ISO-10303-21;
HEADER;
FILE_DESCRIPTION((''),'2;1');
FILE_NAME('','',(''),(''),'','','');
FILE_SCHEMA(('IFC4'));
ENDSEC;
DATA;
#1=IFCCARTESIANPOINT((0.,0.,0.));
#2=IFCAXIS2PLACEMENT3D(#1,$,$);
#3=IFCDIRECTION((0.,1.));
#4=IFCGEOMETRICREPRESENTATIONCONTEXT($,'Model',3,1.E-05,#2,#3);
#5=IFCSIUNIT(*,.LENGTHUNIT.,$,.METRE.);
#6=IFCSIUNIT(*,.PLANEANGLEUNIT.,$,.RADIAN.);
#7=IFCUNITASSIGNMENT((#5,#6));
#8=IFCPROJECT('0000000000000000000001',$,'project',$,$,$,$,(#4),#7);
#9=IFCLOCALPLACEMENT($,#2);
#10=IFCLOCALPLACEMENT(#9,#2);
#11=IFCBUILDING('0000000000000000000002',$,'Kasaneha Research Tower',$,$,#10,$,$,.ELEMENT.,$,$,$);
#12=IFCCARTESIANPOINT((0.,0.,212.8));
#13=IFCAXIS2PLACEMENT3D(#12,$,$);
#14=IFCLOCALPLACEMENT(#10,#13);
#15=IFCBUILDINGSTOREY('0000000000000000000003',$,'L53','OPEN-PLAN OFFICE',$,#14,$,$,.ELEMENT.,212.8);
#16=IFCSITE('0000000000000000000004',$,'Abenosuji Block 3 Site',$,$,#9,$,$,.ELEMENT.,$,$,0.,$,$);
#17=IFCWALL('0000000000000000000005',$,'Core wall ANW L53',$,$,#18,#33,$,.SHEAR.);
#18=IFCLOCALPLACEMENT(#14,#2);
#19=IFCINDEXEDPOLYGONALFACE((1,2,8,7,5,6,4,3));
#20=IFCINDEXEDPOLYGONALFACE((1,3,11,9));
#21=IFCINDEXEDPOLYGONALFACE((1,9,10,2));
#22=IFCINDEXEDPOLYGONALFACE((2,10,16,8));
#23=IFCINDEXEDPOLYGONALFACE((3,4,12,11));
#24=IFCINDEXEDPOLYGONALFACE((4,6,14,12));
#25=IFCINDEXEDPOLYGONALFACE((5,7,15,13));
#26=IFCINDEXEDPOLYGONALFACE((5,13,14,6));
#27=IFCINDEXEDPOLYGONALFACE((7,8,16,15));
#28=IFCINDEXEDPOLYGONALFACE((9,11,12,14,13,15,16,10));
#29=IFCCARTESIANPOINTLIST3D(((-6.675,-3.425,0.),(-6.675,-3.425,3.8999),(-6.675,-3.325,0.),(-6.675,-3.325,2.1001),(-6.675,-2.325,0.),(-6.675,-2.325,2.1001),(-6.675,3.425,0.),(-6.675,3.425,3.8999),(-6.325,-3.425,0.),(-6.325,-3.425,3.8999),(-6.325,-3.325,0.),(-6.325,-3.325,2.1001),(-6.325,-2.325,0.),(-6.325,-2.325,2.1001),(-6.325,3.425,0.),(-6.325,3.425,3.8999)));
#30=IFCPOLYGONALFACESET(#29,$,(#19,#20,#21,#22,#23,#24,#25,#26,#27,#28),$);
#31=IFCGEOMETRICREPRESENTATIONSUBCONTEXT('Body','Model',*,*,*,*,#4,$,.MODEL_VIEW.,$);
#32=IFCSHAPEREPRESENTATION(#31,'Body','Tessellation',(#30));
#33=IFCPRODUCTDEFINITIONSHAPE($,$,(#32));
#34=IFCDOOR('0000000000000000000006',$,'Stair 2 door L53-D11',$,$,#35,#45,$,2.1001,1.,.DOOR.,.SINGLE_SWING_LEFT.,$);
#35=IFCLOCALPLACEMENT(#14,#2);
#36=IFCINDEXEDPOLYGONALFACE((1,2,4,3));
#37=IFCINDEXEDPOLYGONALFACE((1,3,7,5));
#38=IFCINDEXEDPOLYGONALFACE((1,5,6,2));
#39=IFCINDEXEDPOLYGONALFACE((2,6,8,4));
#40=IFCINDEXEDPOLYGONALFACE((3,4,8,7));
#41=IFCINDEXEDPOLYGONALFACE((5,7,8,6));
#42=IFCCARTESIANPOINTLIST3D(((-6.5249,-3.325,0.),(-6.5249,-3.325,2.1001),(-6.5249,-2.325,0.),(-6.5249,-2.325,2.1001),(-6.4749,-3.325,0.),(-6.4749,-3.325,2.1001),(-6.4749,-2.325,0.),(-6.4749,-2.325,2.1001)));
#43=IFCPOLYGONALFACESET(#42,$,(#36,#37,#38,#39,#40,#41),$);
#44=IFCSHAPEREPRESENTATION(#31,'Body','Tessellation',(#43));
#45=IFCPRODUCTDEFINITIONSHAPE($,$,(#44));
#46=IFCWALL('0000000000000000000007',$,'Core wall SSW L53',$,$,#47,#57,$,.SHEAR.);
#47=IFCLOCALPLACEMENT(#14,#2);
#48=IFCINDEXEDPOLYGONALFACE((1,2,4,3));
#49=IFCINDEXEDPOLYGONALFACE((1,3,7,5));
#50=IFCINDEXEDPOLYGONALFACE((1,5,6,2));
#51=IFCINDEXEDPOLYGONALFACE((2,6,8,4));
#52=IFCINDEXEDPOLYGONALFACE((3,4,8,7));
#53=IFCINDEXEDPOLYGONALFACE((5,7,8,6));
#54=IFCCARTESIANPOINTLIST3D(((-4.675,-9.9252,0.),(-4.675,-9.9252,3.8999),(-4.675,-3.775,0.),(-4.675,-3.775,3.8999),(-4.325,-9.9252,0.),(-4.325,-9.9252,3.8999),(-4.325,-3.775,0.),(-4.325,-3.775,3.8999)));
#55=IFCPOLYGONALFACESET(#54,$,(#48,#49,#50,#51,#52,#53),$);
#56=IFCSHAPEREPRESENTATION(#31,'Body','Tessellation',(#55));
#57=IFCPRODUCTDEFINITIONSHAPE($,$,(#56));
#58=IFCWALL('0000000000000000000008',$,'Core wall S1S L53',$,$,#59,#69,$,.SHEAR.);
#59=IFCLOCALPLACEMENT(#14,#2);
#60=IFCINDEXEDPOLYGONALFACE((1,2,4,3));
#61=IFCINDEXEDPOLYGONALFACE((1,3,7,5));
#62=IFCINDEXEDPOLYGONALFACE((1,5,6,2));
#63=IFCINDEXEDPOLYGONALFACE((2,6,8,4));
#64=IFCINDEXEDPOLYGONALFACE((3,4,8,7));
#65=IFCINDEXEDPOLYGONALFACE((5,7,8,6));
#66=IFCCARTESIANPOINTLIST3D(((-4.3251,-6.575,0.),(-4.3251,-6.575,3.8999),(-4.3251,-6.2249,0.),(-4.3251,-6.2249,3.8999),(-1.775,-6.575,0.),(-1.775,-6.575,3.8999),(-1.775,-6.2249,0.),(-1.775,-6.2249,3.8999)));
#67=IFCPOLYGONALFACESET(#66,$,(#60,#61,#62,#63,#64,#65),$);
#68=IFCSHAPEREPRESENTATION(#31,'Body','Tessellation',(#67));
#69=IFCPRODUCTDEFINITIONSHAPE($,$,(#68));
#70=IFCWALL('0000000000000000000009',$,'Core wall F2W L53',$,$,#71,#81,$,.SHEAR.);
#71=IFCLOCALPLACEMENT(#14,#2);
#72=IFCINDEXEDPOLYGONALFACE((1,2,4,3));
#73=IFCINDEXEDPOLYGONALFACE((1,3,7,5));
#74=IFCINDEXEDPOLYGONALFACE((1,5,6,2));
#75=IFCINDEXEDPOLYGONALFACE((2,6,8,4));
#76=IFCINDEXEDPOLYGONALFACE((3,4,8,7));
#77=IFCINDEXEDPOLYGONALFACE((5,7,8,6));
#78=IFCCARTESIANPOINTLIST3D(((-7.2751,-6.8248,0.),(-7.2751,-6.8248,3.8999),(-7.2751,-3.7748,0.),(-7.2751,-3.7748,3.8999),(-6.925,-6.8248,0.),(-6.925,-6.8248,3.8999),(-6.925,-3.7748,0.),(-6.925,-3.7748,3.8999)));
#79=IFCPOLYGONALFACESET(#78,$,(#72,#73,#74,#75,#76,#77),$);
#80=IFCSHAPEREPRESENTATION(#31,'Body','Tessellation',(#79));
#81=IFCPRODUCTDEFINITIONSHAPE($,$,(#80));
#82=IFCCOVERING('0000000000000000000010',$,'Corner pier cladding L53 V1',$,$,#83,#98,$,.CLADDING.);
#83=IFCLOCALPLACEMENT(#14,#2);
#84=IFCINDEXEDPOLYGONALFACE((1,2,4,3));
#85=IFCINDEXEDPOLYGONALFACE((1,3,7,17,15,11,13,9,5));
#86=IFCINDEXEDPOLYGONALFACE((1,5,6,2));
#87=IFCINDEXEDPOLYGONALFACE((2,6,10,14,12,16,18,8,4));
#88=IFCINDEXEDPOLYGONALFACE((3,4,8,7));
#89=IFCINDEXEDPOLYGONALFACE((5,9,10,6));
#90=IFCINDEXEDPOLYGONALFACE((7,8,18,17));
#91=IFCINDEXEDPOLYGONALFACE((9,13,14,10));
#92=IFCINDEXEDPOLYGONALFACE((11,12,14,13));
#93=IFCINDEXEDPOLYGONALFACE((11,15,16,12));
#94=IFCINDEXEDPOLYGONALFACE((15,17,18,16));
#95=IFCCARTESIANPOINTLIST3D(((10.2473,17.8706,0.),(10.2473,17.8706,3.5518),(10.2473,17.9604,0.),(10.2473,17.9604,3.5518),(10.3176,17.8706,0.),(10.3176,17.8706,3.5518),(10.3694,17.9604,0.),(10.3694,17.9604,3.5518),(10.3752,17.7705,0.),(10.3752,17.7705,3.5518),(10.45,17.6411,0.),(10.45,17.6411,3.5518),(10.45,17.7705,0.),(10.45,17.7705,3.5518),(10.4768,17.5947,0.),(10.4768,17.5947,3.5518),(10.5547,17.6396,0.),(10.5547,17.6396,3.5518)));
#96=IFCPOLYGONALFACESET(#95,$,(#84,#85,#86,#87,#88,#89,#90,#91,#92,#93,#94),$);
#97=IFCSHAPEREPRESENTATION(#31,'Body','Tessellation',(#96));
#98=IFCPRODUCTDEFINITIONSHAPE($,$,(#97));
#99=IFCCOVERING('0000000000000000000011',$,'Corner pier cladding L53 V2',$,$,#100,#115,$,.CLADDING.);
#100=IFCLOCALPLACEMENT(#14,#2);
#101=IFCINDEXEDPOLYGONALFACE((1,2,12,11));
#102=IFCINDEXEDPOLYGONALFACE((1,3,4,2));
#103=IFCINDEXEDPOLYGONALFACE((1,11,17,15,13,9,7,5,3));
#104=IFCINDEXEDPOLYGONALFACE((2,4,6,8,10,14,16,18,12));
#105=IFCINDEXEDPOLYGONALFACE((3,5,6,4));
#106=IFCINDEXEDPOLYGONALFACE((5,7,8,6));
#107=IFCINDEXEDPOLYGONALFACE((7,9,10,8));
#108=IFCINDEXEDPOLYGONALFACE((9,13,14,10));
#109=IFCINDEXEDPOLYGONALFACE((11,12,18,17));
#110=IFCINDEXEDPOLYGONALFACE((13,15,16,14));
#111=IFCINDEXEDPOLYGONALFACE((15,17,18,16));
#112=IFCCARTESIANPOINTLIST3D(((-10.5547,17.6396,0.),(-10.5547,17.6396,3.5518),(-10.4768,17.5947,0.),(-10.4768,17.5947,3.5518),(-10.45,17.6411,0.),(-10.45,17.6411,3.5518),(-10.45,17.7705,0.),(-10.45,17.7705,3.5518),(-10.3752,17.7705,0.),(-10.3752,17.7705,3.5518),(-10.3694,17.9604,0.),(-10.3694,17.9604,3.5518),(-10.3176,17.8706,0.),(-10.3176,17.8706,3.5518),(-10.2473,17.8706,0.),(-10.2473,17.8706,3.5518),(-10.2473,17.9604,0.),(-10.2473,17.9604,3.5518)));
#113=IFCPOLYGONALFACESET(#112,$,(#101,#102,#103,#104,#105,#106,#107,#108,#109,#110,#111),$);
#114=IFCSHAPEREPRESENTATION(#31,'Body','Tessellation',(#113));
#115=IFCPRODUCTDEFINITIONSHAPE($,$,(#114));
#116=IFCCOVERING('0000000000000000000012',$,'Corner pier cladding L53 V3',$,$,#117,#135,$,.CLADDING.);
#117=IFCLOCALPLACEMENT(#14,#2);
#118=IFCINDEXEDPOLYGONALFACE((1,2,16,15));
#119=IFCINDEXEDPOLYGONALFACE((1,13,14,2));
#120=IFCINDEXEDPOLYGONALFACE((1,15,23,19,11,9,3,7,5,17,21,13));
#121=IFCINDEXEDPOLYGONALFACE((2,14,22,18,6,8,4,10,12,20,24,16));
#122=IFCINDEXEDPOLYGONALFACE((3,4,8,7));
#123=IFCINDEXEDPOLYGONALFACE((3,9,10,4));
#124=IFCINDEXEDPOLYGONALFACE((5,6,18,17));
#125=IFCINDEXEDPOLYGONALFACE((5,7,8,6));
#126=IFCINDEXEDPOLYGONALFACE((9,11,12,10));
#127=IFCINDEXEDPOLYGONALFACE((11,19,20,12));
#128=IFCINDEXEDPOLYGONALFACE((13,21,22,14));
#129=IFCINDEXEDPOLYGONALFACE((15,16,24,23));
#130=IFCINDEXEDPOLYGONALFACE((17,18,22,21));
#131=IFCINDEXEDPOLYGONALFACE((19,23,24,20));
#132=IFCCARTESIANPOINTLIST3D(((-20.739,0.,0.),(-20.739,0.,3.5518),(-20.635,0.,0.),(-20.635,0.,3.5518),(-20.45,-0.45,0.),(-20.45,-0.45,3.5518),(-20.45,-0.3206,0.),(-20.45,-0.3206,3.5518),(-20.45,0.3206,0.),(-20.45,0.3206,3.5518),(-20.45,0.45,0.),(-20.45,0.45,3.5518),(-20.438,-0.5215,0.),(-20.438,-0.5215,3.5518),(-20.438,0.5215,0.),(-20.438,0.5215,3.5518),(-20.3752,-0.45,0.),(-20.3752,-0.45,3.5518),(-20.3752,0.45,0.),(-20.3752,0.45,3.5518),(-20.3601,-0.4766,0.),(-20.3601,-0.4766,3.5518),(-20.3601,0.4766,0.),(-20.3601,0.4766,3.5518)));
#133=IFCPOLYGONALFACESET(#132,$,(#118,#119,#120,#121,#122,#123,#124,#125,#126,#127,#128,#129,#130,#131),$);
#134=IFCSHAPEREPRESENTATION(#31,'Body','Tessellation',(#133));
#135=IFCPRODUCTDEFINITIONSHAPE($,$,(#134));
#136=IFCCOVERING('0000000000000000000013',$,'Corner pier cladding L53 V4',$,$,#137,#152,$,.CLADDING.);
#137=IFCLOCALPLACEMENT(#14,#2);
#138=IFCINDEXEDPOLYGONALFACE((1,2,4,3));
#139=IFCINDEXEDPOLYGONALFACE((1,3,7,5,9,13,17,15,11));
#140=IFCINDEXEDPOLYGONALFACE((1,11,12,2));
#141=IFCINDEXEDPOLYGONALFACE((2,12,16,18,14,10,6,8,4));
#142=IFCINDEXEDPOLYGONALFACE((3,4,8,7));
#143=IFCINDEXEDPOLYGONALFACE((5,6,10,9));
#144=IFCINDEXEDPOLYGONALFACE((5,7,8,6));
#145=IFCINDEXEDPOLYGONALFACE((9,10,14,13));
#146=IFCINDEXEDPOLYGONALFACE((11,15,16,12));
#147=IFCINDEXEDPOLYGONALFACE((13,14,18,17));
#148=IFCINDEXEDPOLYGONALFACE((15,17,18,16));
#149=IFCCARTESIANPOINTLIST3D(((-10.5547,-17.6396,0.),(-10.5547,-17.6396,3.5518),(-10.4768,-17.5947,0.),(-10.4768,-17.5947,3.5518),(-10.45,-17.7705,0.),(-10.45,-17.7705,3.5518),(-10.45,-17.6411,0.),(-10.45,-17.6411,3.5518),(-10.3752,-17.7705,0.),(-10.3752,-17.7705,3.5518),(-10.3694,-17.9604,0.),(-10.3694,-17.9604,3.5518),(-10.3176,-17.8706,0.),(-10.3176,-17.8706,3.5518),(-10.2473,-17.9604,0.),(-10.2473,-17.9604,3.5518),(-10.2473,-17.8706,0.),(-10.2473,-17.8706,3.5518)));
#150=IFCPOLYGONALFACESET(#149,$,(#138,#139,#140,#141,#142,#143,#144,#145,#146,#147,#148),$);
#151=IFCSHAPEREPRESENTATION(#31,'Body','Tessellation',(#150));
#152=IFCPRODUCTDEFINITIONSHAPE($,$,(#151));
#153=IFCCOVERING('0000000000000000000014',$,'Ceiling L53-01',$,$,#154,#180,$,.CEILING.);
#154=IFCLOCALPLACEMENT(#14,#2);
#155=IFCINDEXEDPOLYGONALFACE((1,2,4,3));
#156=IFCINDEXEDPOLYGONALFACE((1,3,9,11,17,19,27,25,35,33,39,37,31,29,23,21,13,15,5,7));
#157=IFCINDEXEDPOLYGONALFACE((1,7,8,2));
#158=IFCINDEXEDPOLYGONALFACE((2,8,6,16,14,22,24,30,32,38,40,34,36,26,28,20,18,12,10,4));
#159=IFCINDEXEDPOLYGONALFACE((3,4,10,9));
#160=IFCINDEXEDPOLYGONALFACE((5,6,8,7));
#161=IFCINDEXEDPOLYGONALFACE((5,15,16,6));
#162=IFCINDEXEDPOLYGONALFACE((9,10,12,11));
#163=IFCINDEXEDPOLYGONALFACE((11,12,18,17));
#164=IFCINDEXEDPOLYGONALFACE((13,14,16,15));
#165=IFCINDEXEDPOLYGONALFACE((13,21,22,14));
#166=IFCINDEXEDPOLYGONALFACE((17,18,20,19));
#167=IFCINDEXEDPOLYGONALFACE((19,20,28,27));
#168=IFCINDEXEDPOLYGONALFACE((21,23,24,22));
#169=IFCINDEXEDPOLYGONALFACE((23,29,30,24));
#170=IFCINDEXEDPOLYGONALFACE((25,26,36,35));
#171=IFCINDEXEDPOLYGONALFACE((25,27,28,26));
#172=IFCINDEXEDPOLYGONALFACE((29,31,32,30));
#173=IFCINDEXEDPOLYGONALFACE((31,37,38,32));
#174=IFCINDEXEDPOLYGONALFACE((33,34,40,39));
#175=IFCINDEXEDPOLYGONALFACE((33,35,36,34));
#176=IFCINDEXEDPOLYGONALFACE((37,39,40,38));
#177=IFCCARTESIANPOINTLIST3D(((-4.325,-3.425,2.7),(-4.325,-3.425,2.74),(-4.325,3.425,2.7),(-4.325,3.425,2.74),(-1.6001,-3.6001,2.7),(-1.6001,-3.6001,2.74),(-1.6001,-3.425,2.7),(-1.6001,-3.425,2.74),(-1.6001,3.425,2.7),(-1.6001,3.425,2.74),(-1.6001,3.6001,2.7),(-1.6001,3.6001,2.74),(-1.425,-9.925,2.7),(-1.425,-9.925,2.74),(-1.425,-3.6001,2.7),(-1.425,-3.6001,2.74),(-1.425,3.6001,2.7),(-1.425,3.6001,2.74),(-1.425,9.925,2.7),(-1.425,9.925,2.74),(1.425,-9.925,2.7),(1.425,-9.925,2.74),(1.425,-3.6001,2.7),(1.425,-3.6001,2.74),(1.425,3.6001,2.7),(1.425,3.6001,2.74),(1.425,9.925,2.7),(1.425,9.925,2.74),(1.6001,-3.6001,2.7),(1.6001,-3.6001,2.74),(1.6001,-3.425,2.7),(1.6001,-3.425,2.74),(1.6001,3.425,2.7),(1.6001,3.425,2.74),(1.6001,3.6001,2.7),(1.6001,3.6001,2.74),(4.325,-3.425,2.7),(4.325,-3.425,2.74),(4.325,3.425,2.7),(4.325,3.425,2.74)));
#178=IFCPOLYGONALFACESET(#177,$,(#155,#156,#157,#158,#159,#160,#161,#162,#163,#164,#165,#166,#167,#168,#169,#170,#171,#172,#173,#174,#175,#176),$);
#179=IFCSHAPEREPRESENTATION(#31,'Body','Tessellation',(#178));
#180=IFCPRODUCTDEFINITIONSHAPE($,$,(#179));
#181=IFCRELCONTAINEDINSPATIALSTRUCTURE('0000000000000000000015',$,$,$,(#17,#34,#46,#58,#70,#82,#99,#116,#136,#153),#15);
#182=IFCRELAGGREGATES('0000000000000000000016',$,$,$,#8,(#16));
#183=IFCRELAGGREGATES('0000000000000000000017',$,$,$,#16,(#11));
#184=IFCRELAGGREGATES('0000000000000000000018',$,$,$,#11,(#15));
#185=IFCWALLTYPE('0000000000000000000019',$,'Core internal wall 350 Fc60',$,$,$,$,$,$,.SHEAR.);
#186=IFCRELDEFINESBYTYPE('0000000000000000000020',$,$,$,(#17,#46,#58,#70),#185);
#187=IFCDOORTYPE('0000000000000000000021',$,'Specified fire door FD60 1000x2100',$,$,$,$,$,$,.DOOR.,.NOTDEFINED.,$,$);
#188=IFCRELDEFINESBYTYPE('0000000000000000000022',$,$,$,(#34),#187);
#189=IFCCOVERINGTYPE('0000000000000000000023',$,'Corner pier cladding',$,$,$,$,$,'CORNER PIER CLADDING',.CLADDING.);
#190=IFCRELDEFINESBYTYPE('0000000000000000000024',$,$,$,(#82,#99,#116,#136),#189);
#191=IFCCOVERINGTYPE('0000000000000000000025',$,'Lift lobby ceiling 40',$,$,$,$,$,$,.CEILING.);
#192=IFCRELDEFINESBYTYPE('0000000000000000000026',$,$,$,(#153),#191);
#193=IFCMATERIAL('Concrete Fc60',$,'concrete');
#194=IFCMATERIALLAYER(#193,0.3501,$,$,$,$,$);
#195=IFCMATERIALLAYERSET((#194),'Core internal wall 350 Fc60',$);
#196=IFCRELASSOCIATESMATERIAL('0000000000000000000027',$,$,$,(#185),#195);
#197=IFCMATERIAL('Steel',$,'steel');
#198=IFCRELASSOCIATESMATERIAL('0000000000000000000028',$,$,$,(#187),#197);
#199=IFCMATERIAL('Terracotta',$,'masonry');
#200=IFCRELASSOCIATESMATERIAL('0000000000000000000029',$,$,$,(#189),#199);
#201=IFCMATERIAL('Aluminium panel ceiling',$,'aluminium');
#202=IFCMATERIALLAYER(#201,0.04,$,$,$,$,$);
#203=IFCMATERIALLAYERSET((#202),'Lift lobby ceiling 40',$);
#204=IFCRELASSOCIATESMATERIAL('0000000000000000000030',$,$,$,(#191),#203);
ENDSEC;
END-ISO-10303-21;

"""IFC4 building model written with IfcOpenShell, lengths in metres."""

from ifc_helpers import new_model, si_unit, direction, frame, frame_2d, origin, place, context, subcontext, project, spatial, polyline, rectangle, outline, extrude, material, layer, layer_set, type_object, element, fill, save


model = new_model("IFC4")

# Units and contexts
model_context = context("Model", 3, precision=1e-05, world=origin(), true_north=direction((0.0, 1.0)))
body_context = subcontext(model_context, "Body", "Model", "MODEL_VIEW")
ifc_project = project(units=[si_unit("LENGTHUNIT", "METRE"), si_unit("PLANEANGLEUNIT", "RADIAN")], contexts=[model_context])

# Site, building, storey
site_placement = place(None, origin())
site = spatial("IfcSite", under=ifc_project, at=site_placement, Name="Abenosuji Block 3 Site", CompositionType="ELEMENT", RefElevation=0.0)
building_placement = place(site_placement, origin())
building = spatial("IfcBuilding", under=site, at=building_placement, Name="Kasaneha Research Tower", CompositionType="ELEMENT")
storey_placement = place(building_placement, frame((0.0, 0.0, 212.8)))
storey = spatial("IfcBuildingStorey", under=building, at=storey_placement, Name="L53", Description="OPEN-PLAN OFFICE", CompositionType="ELEMENT", Elevation=212.8)

# Wall, opening, door
ifc_material_1 = material(Name="Concrete Fc60", Category="concrete")
ifc_layer_1 = layer(ifc_material_1, 0.3501)
ifc_layer_set_1 = layer_set([ifc_layer_1], Name="Core internal wall 350 Fc60")
wall_type = type_object("IfcWallType", Name="Core internal wall 350 Fc60", PredefinedType="SHEAR", material=ifc_layer_set_1)
ifc_material_2 = material(Name="Steel", Category="steel")
door_type_1 = type_object("IfcDoorType", Name="Specified fire door FD60 1000x2100", OperationType="NOTDEFINED", PredefinedType="DOOR", material=ifc_material_2)
wall_1_placement = place(storey_placement, frame((-6.5, -3.425, 0.0), z_axis=(0.0, 0.0, 1.0), x_axis=(0.0, 1.0, 0.0)))
wall_1 = element("IfcWall", 1, at=wall_1_placement, inside=storey, type_object=wall_type, Name="Core wall ANW L53", PredefinedType="SHEAR", context=body_context, shape_type="SweptSolid", body=[
    extrude(rectangle(XDim=6.8501, YDim=0.3501, at=frame_2d((3.425, 0.0))), origin(), (0.0, 0.0, 1.0), 3.8999),
])
opening_1_placement = place(wall_1_placement, frame((0.1001, 0.0, 0.0)))
opening_1 = element("IfcOpeningElement", 2, at=opening_1_placement, cuts=wall_1, PredefinedType="OPENING", context=body_context, shape_type="SweptSolid", body=[
    extrude(rectangle(XDim=1.0, YDim=2.1001, at=frame_2d((0.5, 1.05))), frame((0.0, 0.1851, 0.0), z_axis=(0.0, -1.0, 0.0), x_axis=(1.0, 0.0, 0.0)), (0.0, 0.0, 1.0), 0.3701),
])
door_1_placement = place(opening_1_placement, origin())
door_1 = element("IfcDoor", 3, at=door_1_placement, inside=storey, type_object=door_type_1, Name="Stair 2 door L53-D11", OperationType="SINGLE_SWING_LEFT", OverallHeight=2.1001, OverallWidth=1.0, PredefinedType="DOOR", context=body_context, shape_type="SweptSolid", body=[
    extrude(rectangle(XDim=1.0, YDim=2.1001, at=frame_2d((0.5, 1.05))), frame((0.0, 0.0249, 0.0), z_axis=(0.0, -1.0, 0.0), x_axis=(1.0, 0.0, 0.0)), (0.0, 0.0, 1.0), 0.05),
])
fill(opening_1, door_1)

# Walls
wall_2_placement = place(storey_placement, frame((-4.5, -3.7749, 0.0), z_axis=(0.0, 0.0, 1.0), x_axis=(0.0, -1.0, 0.0)))
element("IfcWall", 4, at=wall_2_placement, inside=storey, type_object=wall_type, Name="Core wall SSW L53", PredefinedType="SHEAR", context=body_context, shape_type="SweptSolid", body=[
    extrude(rectangle(XDim=6.1501, YDim=0.3501, at=frame_2d((3.0752, 0.0))), origin(), (0.0, 0.0, 1.0), 3.8999),
])
wall_3_placement = place(storey_placement, frame((-4.325, -6.3999, 0.0), z_axis=(0.0, 0.0, 1.0), x_axis=(1.0, 0.0, 0.0)))
element("IfcWall", 5, at=wall_3_placement, inside=storey, type_object=wall_type, Name="Core wall S1S L53", PredefinedType="SHEAR", context=body_context, shape_type="SweptSolid", body=[
    extrude(rectangle(XDim=2.55, YDim=0.3501, at=frame_2d((1.2749, 0.0))), origin(), (0.0, 0.0, 1.0), 3.8999),
])
wall_4_placement = place(storey_placement, frame((-7.1001, -3.7749, 0.0), z_axis=(0.0, 0.0, 1.0), x_axis=(0.0, -1.0, 0.0)))
element("IfcWall", 6, at=wall_4_placement, inside=storey, type_object=wall_type, Name="Core wall F2W L53", PredefinedType="SHEAR", context=body_context, shape_type="SweptSolid", body=[
    extrude(rectangle(XDim=3.05, YDim=0.3501, at=frame_2d((1.5249, 0.0))), origin(), (0.0, 0.0, 1.0), 3.8999),
])

# Coverings
ifc_material_3 = material(Name="Terracotta", Category="masonry")
covering_type_1 = type_object("IfcCoveringType", Name="Corner pier cladding", ElementType="CORNER PIER CLADDING", PredefinedType="CLADDING", material=ifc_material_3)
covering_1_placement = place(storey_placement, origin())
element("IfcCovering", 7, at=covering_1_placement, inside=storey, type_object=covering_type_1, Name="Corner pier cladding L53 V1", PredefinedType="CLADDING", context=body_context, shape_type="SweptSolid", body=[
    extrude(outline(polyline([(10.4768, 17.5947), (10.45, 17.6411), (10.45, 17.7705), (10.3752, 17.7705), (10.3176, 17.8706), (10.2473, 17.8706), (10.2473, 17.9604), (10.3694, 17.9604), (10.5547, 17.6396), (10.4768, 17.5947)])), origin(), (0.0, 0.0, 1.0), 3.5518),
])
covering_2_placement = place(storey_placement, origin())
element("IfcCovering", 8, at=covering_2_placement, inside=storey, type_object=covering_type_1, Name="Corner pier cladding L53 V2", PredefinedType="CLADDING", context=body_context, shape_type="SweptSolid", body=[
    extrude(outline(polyline([(-10.2473, 17.8706), (-10.3176, 17.8706), (-10.3752, 17.7705), (-10.45, 17.7705), (-10.45, 17.6411), (-10.4768, 17.5947), (-10.5547, 17.6396), (-10.3694, 17.9604), (-10.2473, 17.9604), (-10.2473, 17.8706)])), origin(), (0.0, 0.0, 1.0), 3.5518),
])
covering_3_placement = place(storey_placement, origin())
element("IfcCovering", 9, at=covering_3_placement, inside=storey, type_object=covering_type_1, Name="Corner pier cladding L53 V3", PredefinedType="CLADDING", context=body_context, shape_type="SweptSolid", body=[
    extrude(outline(polyline([(-20.3601, 0.4766), (-20.3752, 0.45), (-20.45, 0.45), (-20.45, 0.3206), (-20.635, 0.0), (-20.45, -0.3206), (-20.45, -0.45), (-20.3752, -0.45), (-20.3601, -0.4766), (-20.438, -0.5215), (-20.739, 0.0), (-20.438, 0.5215), (-20.3601, 0.4766)])), origin(), (0.0, 0.0, 1.0), 3.5518),
])
covering_4_placement = place(storey_placement, origin())
element("IfcCovering", 10, at=covering_4_placement, inside=storey, type_object=covering_type_1, Name="Corner pier cladding L53 V4", PredefinedType="CLADDING", context=body_context, shape_type="SweptSolid", body=[
    extrude(outline(polyline([(-10.4768, -17.5947), (-10.45, -17.6411), (-10.45, -17.7705), (-10.3752, -17.7705), (-10.3176, -17.8706), (-10.2473, -17.8706), (-10.2473, -17.9604), (-10.3694, -17.9604), (-10.5547, -17.6396), (-10.4768, -17.5947)])), origin(), (0.0, 0.0, 1.0), 3.5518),
])
ifc_material_4 = material(Name="Aluminium panel ceiling", Category="aluminium")
ifc_layer_2 = layer(ifc_material_4, 0.04)
ifc_layer_set_2 = layer_set([ifc_layer_2], Name="Lift lobby ceiling 40")
covering_type_2 = type_object("IfcCoveringType", Name="Lift lobby ceiling 40", PredefinedType="CEILING", material=ifc_layer_set_2)
covering_5_placement = place(storey_placement, frame((0.0, 0.0, 2.7)))
element("IfcCovering", 11, at=covering_5_placement, inside=storey, type_object=covering_type_2, Name="Ceiling L53-01", PredefinedType="CEILING", context=body_context, shape_type="SweptSolid", body=[
    extrude(outline(polyline([(1.425, 9.925), (1.425, 3.6001), (1.6001, 3.6001), (1.6001, 3.425), (4.325, 3.425), (4.325, -3.425), (1.6001, -3.425), (1.6001, -3.6001), (1.425, -3.6001), (1.425, -9.925), (-1.425, -9.925), (-1.425, -3.6001), (-1.6001, -3.6001), (-1.6001, -3.425), (-4.325, -3.425), (-4.325, 3.425), (-1.6001, 3.425), (-1.6001, 3.6001), (-1.425, 3.6001), (-1.425, 9.925), (1.425, 9.925)])), origin(), (0.0, 0.0, 1.0), 0.04),
])

save(model, "model.ifc")
